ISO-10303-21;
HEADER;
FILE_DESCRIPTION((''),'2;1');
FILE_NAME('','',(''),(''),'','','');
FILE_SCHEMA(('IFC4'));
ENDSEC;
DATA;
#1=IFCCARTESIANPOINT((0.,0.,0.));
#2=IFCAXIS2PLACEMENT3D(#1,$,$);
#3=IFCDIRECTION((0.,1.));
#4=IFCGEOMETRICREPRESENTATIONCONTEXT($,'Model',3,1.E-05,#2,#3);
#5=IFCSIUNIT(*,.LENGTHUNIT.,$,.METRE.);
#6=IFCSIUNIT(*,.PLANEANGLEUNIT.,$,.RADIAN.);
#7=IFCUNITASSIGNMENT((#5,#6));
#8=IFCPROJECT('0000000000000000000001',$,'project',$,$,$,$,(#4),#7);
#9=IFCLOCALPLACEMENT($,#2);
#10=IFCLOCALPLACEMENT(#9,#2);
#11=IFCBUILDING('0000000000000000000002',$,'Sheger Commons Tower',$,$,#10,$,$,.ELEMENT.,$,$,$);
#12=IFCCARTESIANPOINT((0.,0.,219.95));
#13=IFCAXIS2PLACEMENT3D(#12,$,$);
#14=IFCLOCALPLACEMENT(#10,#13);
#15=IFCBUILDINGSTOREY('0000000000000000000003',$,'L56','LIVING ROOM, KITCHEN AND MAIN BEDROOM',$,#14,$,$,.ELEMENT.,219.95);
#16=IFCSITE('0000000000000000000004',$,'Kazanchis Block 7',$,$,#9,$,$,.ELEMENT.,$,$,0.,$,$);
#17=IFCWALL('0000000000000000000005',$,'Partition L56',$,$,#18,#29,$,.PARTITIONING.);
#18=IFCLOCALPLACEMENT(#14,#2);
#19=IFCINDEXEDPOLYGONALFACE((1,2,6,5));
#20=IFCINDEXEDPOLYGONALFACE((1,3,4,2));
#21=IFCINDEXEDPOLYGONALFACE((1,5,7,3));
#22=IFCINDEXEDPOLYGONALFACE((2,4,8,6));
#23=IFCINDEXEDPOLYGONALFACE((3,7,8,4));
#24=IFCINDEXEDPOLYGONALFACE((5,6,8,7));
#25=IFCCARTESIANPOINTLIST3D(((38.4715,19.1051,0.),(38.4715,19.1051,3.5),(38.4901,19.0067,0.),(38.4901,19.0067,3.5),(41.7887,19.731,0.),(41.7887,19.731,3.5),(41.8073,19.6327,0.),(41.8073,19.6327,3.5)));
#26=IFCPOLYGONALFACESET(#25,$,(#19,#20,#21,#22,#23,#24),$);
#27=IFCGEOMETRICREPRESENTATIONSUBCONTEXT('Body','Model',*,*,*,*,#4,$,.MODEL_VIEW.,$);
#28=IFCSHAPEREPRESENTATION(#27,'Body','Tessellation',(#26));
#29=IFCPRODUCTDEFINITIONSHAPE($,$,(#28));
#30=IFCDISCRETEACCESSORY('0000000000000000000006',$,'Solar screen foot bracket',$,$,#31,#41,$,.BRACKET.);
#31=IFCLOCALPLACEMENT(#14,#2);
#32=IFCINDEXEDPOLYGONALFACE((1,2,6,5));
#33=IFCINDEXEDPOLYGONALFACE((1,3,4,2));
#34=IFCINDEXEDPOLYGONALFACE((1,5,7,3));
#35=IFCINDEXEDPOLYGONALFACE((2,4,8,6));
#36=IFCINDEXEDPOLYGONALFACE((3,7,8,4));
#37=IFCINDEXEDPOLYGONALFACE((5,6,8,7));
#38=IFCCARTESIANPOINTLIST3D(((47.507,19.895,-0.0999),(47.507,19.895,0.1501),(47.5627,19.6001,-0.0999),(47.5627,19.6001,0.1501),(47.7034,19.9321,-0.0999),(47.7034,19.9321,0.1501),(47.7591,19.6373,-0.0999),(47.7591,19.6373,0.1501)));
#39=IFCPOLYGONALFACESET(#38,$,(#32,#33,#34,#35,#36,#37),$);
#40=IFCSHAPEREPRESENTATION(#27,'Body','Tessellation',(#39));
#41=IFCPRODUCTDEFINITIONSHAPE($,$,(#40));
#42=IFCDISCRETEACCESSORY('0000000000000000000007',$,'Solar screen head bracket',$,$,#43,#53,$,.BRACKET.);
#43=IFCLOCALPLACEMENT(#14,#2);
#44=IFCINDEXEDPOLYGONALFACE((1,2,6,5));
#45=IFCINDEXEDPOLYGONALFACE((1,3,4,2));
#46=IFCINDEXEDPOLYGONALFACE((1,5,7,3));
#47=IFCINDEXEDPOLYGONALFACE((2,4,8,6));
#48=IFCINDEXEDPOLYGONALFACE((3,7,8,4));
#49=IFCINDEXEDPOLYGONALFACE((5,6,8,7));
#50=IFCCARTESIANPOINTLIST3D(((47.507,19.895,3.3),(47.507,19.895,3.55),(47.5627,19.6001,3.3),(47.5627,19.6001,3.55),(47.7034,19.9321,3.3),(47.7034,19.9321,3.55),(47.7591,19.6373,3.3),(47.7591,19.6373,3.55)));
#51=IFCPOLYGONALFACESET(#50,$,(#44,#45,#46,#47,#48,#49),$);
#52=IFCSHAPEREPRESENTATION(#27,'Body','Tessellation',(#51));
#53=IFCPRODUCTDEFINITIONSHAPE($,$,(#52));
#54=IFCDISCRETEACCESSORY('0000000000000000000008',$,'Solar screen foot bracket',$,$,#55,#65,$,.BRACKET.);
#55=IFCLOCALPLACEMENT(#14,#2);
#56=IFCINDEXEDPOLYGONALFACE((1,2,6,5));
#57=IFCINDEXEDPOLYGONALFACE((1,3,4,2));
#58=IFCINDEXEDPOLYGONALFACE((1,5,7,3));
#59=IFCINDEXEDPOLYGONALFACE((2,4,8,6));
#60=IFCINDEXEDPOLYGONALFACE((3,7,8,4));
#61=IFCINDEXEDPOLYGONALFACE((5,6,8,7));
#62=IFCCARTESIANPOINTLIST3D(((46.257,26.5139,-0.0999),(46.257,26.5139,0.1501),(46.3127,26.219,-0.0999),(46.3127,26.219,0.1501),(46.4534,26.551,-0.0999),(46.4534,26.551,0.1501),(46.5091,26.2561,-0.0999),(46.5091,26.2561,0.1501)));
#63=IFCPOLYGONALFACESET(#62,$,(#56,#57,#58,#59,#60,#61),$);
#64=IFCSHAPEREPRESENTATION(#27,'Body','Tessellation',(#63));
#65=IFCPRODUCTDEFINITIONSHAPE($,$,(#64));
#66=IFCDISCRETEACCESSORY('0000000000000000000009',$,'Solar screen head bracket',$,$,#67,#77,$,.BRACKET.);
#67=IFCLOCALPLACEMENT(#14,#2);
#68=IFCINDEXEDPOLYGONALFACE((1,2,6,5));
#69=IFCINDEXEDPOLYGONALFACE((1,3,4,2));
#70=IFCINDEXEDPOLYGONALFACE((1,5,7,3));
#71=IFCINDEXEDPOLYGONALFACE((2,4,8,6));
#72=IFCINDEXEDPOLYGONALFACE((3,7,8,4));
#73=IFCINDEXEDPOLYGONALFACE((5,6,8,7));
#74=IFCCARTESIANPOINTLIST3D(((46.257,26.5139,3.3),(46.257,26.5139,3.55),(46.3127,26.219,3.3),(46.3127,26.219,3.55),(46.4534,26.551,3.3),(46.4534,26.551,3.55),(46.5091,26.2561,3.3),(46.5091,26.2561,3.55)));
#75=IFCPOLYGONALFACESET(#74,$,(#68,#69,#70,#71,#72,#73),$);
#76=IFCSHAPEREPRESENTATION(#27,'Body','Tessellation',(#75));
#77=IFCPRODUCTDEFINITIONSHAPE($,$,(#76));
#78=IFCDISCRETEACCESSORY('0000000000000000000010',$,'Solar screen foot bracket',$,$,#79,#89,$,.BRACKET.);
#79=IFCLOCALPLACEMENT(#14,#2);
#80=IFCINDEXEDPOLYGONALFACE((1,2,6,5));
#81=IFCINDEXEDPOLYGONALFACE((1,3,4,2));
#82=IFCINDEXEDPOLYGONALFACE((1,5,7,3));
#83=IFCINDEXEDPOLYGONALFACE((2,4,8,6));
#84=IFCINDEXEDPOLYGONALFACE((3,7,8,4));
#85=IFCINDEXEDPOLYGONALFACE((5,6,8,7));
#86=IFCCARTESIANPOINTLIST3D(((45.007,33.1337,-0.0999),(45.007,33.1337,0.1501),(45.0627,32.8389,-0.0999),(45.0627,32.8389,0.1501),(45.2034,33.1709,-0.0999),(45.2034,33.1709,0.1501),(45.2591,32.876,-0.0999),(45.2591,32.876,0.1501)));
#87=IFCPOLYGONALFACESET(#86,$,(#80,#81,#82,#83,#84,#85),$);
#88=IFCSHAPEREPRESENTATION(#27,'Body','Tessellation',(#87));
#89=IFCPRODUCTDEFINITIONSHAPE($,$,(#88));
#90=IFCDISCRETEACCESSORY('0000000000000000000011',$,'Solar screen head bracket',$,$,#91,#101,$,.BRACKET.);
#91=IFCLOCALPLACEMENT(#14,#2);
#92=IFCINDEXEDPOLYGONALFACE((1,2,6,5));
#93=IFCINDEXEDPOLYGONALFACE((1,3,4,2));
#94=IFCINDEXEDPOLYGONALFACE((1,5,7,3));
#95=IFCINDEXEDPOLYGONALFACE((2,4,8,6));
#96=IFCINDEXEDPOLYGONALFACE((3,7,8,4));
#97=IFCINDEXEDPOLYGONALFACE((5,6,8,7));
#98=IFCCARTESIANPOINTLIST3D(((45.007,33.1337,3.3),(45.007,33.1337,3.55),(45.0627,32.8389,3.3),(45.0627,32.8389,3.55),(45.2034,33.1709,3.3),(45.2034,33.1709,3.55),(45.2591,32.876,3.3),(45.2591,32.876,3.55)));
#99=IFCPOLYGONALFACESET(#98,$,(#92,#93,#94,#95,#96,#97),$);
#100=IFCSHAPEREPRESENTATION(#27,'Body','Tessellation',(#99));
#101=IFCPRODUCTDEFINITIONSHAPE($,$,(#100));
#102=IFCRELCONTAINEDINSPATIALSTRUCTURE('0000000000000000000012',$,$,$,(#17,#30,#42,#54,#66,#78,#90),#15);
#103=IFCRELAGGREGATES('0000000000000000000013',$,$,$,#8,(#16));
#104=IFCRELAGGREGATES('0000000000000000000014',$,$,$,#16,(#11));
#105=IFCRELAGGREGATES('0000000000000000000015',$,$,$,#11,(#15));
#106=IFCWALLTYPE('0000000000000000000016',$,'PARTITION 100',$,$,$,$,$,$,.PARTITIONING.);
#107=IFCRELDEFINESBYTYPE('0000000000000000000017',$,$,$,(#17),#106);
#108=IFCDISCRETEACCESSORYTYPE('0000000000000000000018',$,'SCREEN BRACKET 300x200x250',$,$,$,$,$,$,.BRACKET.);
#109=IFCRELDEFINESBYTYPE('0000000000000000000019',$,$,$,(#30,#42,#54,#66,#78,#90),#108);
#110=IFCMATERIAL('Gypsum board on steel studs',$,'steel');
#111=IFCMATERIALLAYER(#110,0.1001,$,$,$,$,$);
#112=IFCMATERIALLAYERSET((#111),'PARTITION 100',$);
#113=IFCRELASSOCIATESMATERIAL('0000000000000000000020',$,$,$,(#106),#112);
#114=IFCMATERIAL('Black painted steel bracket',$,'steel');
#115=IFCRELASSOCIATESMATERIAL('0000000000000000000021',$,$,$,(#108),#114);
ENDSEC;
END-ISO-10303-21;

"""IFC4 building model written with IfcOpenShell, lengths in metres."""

from ifc_helpers import new_model, si_unit, direction, frame, frame_2d, origin, origin_2d, place, context, subcontext, project, spatial, rectangle, extrude, material, layer, layer_set, type_object, element, save


model = new_model("IFC4")

# Units and contexts
model_context = context("Model", 3, precision=1e-05, world=origin(), true_north=direction((0.0, 1.0)))
body_context = subcontext(model_context, "Body", "Model", "MODEL_VIEW")
ifc_project = project(units=[si_unit("LENGTHUNIT", "METRE"), si_unit("PLANEANGLEUNIT", "RADIAN")], contexts=[model_context])

# Site, building, storey
site_placement = place(None, origin())
site = spatial("IfcSite", under=ifc_project, at=site_placement, Name="Kazanchis Block 7", CompositionType="ELEMENT", RefElevation=0.0)
building_placement = place(site_placement, origin())
building = spatial("IfcBuilding", under=site, at=building_placement, Name="Sheger Commons Tower", CompositionType="ELEMENT")
storey_placement = place(building_placement, frame((0.0, 0.0, 219.95)))
storey = spatial("IfcBuildingStorey", under=building, at=storey_placement, Name="L56", Description="LIVING ROOM, KITCHEN AND MAIN BEDROOM", CompositionType="ELEMENT", Elevation=219.95)

# Shared definitions
ifc_material_1 = material(Name="Gypsum board on steel studs", Category="steel")
ifc_layer_1 = layer(ifc_material_1, 0.1001)
ifc_layer_set_1 = layer_set([ifc_layer_1], Name="PARTITION 100")
wall_type_1 = type_object("IfcWallType", Name="PARTITION 100", PredefinedType="PARTITIONING", material=ifc_layer_set_1)

# Wall
wall_1_placement = place(storey_placement, frame((41.7981, 19.6819, 0.0), z_axis=(0.0, 0.0, 1.0), x_axis=(-0.982656, -0.185437, 0.0)))
element("IfcWall", 1, at=wall_1_placement, inside=storey, type_object=wall_type_1, Name="Partition L56", PredefinedType="PARTITIONING", context=body_context, shape_type="SweptSolid", body=[
    extrude(rectangle(XDim=3.3757, YDim=0.1001, at=frame_2d((1.688, 0.0))), origin(), (0.0, 0.0, 1.0), 3.5),
])

# Discrete accessories
ifc_material_2 = material(Name="Black painted steel bracket", Category="steel")
discrete_accessory_type = type_object("IfcDiscreteAccessoryType", Name="SCREEN BRACKET 300x200x250", PredefinedType="BRACKET", material=ifc_material_2)
for number, where, z_axis, x_axis, name in (
    (2, (47.6331, 19.7661, -0.0999), (0.0, 0.0, 1.0), (-0.185615, 0.982623, 0.0), "Solar screen foot bracket"),
    (3, (47.6331, 19.7661, 3.3), (0.0, 0.0, 1.0), (-0.185615, 0.982623, 0.0), "Solar screen head bracket"),
    (4, (46.3831, 26.385, -0.0999), (0.0, 0.0, 1.0), (-0.185615, 0.982623, 0.0), "Solar screen foot bracket"),
    (5, (46.3831, 26.385, 3.3), (0.0, 0.0, 1.0), (-0.185615, 0.982623, 0.0), "Solar screen head bracket"),
    (6, (45.1331, 33.0049, -0.0999), (0.0, 0.0, 1.0), (-0.185615, 0.982623, 0.0), "Solar screen foot bracket"),
    (7, (45.1331, 33.0049, 3.3), (0.0, 0.0, 1.0), (-0.185615, 0.982623, 0.0), "Solar screen head bracket"),
):
    element("IfcDiscreteAccessory", number, at=place(storey_placement, frame(where, z_axis=z_axis, x_axis=x_axis)), inside=storey, type_object=discrete_accessory_type, Name=name, PredefinedType="BRACKET", context=body_context, shape_type="SweptSolid", body=[
        extrude(rectangle(XDim=0.3, YDim=0.2, at=origin_2d()), origin(), (0.0, 0.0, 1.0), 0.25),
    ])

save(model, "model.ifc")
